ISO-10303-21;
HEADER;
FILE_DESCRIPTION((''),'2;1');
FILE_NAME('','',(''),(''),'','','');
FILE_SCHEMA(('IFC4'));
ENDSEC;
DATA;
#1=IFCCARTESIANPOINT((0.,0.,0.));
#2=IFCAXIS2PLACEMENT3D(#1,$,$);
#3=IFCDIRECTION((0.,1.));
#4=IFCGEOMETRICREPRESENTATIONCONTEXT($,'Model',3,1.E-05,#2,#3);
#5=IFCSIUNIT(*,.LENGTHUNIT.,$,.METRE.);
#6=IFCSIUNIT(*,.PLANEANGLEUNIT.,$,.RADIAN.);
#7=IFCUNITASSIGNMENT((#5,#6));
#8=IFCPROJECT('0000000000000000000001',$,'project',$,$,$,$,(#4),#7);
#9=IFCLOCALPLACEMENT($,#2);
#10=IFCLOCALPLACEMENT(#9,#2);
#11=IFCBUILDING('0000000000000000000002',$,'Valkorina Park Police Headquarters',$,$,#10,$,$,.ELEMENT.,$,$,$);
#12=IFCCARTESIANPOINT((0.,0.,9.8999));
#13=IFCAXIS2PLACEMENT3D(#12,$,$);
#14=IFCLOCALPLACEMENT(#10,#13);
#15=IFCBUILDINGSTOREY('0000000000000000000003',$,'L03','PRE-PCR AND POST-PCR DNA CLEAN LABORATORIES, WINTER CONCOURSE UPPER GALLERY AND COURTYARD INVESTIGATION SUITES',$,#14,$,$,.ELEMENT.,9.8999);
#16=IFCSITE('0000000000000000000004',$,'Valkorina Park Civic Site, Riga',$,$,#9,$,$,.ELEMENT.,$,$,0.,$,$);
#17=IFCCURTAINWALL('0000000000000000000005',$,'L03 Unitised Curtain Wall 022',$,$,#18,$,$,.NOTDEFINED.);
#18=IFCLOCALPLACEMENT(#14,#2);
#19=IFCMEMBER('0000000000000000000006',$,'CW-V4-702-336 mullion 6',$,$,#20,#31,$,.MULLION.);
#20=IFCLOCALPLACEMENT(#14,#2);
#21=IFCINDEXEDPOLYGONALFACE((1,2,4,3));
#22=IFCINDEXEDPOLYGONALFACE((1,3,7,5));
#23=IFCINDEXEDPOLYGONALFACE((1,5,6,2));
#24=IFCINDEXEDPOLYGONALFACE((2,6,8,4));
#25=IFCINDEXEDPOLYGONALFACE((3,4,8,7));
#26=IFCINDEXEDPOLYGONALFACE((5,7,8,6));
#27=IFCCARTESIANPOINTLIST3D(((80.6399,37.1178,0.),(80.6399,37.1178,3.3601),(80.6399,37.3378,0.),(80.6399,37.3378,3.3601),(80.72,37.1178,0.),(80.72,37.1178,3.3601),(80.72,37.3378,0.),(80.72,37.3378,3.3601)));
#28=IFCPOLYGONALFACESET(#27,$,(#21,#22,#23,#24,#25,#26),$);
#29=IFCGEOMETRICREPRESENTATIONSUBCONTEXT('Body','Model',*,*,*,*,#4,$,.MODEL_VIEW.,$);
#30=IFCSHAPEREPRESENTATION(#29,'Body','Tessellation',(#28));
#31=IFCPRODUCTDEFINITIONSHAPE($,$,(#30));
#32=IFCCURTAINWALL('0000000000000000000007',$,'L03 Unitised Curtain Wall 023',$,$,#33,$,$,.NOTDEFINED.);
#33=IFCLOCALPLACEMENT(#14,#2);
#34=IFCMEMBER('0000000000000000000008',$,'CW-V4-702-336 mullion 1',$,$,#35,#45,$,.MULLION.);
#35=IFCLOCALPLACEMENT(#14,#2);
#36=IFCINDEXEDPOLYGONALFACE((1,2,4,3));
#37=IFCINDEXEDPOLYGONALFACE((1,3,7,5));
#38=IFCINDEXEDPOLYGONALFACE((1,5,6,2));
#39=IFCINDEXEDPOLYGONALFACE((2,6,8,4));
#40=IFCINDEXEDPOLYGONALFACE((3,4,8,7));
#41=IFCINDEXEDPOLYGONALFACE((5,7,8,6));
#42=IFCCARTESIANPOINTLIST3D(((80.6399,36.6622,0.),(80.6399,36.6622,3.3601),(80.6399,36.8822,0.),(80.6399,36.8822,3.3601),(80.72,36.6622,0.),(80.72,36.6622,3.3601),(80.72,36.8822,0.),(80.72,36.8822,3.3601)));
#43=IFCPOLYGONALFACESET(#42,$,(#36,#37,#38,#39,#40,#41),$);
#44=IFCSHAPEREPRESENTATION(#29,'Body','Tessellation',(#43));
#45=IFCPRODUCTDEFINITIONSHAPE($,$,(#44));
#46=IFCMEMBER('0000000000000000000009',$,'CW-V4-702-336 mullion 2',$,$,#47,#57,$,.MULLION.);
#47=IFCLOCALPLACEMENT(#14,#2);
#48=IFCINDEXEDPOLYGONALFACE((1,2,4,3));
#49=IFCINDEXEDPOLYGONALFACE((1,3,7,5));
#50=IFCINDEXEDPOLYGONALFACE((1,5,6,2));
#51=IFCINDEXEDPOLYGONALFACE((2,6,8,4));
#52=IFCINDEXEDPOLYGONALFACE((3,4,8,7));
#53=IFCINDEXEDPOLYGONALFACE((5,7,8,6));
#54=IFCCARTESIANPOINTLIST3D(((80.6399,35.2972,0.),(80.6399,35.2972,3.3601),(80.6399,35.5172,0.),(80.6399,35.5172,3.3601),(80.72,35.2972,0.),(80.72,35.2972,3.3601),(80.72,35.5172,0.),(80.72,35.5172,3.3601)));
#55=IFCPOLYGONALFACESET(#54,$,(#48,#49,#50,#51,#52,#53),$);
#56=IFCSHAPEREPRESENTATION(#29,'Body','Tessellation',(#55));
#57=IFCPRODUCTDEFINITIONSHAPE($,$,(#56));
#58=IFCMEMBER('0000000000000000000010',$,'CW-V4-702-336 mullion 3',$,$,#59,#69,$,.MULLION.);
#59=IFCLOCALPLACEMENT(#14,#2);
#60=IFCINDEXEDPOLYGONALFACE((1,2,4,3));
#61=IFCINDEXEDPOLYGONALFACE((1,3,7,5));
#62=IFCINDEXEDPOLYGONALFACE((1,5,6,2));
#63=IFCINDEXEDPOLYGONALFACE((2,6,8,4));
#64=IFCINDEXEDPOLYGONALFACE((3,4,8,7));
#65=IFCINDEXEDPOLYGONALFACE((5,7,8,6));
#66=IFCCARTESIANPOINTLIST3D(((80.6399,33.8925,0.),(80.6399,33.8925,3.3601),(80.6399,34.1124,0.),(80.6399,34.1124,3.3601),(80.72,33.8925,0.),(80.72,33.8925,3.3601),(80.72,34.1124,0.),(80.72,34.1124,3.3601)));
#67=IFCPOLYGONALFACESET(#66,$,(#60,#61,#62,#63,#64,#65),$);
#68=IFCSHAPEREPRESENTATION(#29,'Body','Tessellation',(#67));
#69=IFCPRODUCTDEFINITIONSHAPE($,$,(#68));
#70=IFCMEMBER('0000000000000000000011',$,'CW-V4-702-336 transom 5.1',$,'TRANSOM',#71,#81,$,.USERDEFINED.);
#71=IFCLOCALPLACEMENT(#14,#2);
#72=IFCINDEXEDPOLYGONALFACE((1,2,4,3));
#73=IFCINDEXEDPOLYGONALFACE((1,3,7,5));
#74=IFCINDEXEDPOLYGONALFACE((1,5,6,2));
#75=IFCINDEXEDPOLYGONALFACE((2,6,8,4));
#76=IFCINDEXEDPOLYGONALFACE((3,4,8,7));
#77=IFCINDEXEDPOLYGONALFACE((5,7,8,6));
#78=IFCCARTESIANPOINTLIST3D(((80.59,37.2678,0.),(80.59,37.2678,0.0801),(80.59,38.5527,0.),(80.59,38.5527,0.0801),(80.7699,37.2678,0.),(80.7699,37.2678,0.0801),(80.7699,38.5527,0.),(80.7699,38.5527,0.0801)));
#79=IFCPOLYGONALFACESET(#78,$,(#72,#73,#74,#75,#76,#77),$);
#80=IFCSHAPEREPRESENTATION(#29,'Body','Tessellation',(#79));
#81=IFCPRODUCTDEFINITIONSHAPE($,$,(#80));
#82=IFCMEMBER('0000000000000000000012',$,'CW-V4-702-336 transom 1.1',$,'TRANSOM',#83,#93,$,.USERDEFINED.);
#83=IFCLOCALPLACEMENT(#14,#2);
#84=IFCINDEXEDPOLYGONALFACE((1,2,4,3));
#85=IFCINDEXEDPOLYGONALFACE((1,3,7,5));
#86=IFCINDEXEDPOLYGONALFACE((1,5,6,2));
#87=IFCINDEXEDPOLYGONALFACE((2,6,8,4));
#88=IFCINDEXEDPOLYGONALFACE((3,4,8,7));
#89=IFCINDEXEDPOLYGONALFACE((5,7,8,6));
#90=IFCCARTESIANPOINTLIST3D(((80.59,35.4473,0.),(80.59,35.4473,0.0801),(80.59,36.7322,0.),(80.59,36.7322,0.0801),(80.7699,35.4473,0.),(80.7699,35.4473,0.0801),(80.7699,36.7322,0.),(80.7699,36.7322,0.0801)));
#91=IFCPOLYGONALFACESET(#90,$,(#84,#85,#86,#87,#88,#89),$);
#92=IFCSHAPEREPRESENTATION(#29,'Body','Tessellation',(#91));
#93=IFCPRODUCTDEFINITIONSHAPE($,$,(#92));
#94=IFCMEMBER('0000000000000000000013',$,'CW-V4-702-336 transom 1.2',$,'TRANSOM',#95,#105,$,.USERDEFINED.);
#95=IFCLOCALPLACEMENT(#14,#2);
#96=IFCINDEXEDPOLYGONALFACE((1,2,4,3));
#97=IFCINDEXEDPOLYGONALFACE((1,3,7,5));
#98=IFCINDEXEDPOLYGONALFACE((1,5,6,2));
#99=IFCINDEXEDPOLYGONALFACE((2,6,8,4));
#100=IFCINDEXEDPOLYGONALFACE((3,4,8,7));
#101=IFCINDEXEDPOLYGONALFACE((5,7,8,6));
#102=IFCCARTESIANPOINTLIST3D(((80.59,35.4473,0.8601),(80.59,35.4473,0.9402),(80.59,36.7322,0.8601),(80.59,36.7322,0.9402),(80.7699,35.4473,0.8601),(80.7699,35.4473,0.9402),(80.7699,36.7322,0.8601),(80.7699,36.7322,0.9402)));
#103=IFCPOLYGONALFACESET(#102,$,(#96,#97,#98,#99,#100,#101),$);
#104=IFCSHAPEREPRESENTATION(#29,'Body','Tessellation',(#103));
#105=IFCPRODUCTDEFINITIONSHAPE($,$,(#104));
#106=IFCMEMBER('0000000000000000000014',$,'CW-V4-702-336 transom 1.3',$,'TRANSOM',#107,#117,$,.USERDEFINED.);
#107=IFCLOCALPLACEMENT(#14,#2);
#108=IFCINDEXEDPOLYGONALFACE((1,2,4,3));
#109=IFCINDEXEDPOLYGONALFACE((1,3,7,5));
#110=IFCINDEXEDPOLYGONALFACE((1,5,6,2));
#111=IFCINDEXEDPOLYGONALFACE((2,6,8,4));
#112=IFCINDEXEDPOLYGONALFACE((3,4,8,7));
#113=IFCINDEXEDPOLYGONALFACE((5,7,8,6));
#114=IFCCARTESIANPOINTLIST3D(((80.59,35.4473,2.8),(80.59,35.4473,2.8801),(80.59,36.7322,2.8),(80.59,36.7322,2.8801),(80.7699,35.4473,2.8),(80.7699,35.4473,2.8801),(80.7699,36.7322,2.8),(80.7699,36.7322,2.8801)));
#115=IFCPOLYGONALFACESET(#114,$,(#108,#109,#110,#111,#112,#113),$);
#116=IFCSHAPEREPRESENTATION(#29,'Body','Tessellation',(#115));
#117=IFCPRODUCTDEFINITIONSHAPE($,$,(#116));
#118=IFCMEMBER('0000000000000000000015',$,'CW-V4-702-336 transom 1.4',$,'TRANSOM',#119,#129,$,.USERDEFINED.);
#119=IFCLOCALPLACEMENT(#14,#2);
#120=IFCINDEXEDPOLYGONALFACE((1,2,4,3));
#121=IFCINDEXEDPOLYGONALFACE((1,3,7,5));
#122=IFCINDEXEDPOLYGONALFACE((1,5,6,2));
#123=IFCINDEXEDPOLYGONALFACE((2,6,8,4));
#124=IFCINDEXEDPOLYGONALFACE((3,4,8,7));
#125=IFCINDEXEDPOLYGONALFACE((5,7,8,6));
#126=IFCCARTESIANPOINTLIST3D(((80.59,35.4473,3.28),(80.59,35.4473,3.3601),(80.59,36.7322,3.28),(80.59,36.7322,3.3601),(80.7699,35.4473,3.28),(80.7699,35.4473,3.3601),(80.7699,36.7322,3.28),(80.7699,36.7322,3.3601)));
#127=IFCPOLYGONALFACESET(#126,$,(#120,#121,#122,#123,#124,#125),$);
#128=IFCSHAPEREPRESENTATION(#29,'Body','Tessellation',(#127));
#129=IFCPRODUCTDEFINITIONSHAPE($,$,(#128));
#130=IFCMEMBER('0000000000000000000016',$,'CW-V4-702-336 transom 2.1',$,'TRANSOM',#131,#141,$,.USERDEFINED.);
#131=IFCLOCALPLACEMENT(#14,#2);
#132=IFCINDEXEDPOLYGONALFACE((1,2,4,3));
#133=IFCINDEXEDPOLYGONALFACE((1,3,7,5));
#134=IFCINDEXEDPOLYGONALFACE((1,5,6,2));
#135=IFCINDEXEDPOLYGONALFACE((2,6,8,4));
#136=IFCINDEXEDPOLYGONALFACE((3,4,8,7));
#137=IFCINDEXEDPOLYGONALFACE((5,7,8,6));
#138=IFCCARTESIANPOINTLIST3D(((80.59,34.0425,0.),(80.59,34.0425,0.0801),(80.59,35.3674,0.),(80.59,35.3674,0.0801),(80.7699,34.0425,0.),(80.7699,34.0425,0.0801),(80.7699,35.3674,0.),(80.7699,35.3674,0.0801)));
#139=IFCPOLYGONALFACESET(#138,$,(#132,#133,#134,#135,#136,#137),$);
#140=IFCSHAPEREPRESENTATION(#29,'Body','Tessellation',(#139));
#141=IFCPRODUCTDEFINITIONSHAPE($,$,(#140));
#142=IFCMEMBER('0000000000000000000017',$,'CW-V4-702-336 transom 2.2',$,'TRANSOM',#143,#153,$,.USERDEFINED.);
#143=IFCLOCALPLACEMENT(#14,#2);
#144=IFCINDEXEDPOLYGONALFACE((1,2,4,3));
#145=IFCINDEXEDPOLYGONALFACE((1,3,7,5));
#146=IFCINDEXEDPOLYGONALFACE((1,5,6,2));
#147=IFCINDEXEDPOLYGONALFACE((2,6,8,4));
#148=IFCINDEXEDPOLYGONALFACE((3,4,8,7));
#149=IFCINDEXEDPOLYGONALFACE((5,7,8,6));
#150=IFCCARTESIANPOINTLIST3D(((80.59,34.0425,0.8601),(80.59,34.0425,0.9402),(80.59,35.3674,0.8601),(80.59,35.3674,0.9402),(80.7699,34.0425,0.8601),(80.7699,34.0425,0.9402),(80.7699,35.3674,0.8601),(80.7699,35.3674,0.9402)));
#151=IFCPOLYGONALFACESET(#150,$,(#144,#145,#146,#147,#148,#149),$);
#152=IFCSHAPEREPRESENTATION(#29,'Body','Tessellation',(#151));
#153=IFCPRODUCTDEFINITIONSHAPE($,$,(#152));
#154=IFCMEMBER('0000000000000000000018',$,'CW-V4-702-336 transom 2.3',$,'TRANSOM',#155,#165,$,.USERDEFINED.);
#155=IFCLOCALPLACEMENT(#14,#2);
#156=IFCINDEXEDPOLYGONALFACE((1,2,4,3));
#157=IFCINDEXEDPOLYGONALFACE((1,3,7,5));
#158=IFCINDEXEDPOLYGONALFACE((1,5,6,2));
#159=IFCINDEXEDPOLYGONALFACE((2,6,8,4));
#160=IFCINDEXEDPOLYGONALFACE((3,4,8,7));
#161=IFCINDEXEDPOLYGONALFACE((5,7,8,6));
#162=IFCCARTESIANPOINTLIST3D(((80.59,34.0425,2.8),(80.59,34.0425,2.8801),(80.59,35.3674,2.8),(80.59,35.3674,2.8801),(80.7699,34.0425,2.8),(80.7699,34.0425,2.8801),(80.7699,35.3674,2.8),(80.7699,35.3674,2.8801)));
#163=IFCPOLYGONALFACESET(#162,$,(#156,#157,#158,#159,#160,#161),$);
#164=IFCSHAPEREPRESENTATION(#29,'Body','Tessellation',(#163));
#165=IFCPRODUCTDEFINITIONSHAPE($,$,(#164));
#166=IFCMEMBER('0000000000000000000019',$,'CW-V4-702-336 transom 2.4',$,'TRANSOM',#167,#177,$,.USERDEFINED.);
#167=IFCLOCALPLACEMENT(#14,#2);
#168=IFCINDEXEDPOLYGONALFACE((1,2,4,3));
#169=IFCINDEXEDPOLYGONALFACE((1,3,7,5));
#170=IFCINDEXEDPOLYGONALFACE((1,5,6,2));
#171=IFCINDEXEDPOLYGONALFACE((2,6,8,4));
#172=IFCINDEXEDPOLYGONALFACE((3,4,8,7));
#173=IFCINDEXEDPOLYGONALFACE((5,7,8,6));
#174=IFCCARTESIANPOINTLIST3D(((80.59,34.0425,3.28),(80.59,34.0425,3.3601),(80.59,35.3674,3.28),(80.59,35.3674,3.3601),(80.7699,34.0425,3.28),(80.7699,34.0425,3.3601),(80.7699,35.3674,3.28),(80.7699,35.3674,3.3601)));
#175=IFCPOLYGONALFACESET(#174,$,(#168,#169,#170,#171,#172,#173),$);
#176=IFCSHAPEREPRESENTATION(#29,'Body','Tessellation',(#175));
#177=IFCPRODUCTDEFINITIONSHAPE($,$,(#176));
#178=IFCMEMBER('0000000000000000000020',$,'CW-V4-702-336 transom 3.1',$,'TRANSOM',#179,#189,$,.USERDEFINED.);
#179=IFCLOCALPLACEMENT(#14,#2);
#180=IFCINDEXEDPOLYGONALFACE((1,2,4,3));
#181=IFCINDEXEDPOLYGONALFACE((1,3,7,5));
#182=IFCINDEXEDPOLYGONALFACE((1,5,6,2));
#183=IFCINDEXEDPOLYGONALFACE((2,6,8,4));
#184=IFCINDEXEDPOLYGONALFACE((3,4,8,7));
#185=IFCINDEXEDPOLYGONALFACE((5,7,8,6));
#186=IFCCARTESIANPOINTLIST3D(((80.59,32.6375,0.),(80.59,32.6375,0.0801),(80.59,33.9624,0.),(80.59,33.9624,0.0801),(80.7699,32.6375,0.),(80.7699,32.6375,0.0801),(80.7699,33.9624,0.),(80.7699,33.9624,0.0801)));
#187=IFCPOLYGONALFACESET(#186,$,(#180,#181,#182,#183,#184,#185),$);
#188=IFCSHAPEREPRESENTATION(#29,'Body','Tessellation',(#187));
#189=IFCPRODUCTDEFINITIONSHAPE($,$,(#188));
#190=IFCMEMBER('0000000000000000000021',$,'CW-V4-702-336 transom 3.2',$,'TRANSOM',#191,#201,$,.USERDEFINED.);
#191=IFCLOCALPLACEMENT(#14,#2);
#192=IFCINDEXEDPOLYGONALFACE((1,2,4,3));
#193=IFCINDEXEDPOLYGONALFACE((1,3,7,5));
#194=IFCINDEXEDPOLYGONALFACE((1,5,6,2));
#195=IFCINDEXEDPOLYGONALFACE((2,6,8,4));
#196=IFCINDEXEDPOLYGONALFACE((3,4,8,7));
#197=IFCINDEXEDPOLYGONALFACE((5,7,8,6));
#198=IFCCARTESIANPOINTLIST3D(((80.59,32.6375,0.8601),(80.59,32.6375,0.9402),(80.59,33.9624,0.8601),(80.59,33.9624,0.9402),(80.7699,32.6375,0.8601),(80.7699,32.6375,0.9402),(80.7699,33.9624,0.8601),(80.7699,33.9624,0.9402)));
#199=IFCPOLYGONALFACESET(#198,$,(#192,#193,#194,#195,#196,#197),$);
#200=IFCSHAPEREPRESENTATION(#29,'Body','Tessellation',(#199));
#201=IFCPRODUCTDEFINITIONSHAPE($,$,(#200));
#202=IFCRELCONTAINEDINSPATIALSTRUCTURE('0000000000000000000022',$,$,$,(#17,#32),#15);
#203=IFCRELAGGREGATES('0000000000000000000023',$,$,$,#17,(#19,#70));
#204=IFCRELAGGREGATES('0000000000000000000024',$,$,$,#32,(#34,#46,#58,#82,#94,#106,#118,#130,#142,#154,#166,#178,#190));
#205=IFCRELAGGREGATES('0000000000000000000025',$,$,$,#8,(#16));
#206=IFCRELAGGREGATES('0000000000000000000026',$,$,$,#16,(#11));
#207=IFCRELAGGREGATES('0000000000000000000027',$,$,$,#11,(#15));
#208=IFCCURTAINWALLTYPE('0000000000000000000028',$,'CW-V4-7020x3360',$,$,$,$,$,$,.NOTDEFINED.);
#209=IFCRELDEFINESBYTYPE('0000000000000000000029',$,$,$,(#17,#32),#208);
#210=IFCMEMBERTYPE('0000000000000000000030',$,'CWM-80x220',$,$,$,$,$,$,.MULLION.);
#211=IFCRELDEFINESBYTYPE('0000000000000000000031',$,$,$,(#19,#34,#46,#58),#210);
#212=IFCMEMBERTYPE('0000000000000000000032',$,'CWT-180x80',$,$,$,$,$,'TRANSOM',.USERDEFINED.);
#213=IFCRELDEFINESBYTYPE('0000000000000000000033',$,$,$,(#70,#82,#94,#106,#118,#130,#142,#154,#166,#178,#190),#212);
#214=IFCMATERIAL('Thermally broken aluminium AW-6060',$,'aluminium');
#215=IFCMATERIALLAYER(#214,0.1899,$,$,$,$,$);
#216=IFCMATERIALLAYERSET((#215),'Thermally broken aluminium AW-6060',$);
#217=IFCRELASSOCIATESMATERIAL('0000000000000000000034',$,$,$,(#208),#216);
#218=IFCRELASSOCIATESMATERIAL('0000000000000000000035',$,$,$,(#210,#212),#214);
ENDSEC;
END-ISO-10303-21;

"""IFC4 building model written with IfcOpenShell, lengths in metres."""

from ifc_helpers import new_model, si_unit, direction, frame, origin, origin_2d, place, context, subcontext, project, spatial, rectangle, extrude, material, layer, layer_set, material_profile, profile_set, type_object, element, aggregate, save


model = new_model("IFC4")

# Units and contexts
model_context = context("Model", 3, precision=1e-05, world=origin(), true_north=direction((0.0, 1.0)))
body_context = subcontext(model_context, "Body", "Model", "MODEL_VIEW")
ifc_project = project(units=[si_unit("LENGTHUNIT", "METRE"), si_unit("PLANEANGLEUNIT", "RADIAN")], contexts=[model_context])

# Site, building, storey
site_placement = place(None, origin())
site = spatial("IfcSite", under=ifc_project, at=site_placement, Name="Valkorina Park Civic Site, Riga", CompositionType="ELEMENT", RefElevation=0.0)
building_placement = place(site_placement, origin())
building = spatial("IfcBuilding", under=site, at=building_placement, Name="Valkorina Park Police Headquarters", CompositionType="ELEMENT")
storey_placement = place(building_placement, frame((0.0, 0.0, 9.8999)))
storey = spatial("IfcBuildingStorey", under=building, at=storey_placement, Name="L03", Description="PRE-PCR AND POST-PCR DNA CLEAN LABORATORIES, WINTER CONCOURSE UPPER GALLERY AND COURTYARD INVESTIGATION SUITES", CompositionType="ELEMENT", Elevation=9.8999)

# Curtain wall, member
ifc_material_1 = material(Name="Thermally broken aluminium AW-6060", Category="aluminium")
ifc_layer_1 = layer(ifc_material_1, 0.1899)
ifc_layer_set_1 = layer_set([ifc_layer_1], Name="Thermally broken aluminium AW-6060")
curtain_wall_type = type_object("IfcCurtainWallType", Name="CW-V4-7020x3360", PredefinedType="NOTDEFINED", material=ifc_layer_set_1)
curtain_wall_1_placement = place(storey_placement, origin())
curtain_wall_1 = element("IfcCurtainWall", 1, at=curtain_wall_1_placement, inside=storey, type_object=curtain_wall_type, Name="L03 Unitised Curtain Wall 022", PredefinedType="NOTDEFINED")
ifc_material_profile_1 = material_profile(ifc_material_1, rectangle(XDim=0.0801, YDim=0.22, at=origin_2d()), Name="CWM-03 80x220")
ifc_profile_set_1 = profile_set([ifc_material_profile_1], Name="Thermally broken aluminium AW-6060")
member_type_1 = type_object("IfcMemberType", Name="CWM-80x220", PredefinedType="MULLION", material=ifc_profile_set_1)
member_1_placement = place(storey_placement, frame((80.6799, 37.2278, 0.0), z_axis=(0.0, 0.0, 1.0), x_axis=(1.0, 0.0, 0.0)))
member_1 = element("IfcMember", 2, at=member_1_placement, type_object=member_type_1, Name="CW-V4-702-336 mullion 6", PredefinedType="MULLION", context=body_context, shape_type="SweptSolid", body=[
    extrude(rectangle(XDim=0.0801, YDim=0.22, at=origin_2d()), origin(), (0.0, 0.0, 1.0), 3.3601),
])

# Curtain wall, members
curtain_wall_2_placement = place(storey_placement, origin())
curtain_wall_2 = element("IfcCurtainWall", 3, at=curtain_wall_2_placement, inside=storey, type_object=curtain_wall_type, Name="L03 Unitised Curtain Wall 023", PredefinedType="NOTDEFINED")
member_2_placement = place(storey_placement, frame((80.6799, 36.7722, 0.0), z_axis=(0.0, 0.0, 1.0), x_axis=(1.0, 0.0, 0.0)))
member_2 = element("IfcMember", 4, at=member_2_placement, type_object=member_type_1, Name="CW-V4-702-336 mullion 1", PredefinedType="MULLION", context=body_context, shape_type="SweptSolid", body=[
    extrude(rectangle(XDim=0.0801, YDim=0.22, at=origin_2d()), origin(), (0.0, 0.0, 1.0), 3.3601),
])
member_3_placement = place(storey_placement, frame((80.6799, 35.4072, 0.0), z_axis=(0.0, 0.0, 1.0), x_axis=(1.0, 0.0, 0.0)))
member_3 = element("IfcMember", 5, at=member_3_placement, type_object=member_type_1, Name="CW-V4-702-336 mullion 2", PredefinedType="MULLION", context=body_context, shape_type="SweptSolid", body=[
    extrude(rectangle(XDim=0.0801, YDim=0.22, at=origin_2d()), origin(), (0.0, 0.0, 1.0), 3.3601),
])
member_4_placement = place(storey_placement, frame((80.6799, 34.0024, 0.0), z_axis=(0.0, 0.0, 1.0), x_axis=(1.0, 0.0, 0.0)))
member_4 = element("IfcMember", 6, at=member_4_placement, type_object=member_type_1, Name="CW-V4-702-336 mullion 3", PredefinedType="MULLION", context=body_context, shape_type="SweptSolid", body=[
    extrude(rectangle(XDim=0.0801, YDim=0.22, at=origin_2d()), origin(), (0.0, 0.0, 1.0), 3.3601),
])

# Members
ifc_material_profile_2 = material_profile(ifc_material_1, rectangle(XDim=0.1799, YDim=0.0801, at=origin_2d()), Name="CWT-03 180x80")
ifc_profile_set_2 = profile_set([ifc_material_profile_2], Name="Thermally broken aluminium AW-6060")
member_type_2 = type_object("IfcMemberType", Name="CWT-180x80", ElementType="TRANSOM", PredefinedType="USERDEFINED", material=ifc_profile_set_2)
member_5_placement = place(storey_placement, frame((80.6799, 38.5527, 0.04), z_axis=(0.0, -1.0, 0.0), x_axis=(1.0, 0.0, 0.0)))
member_5 = element("IfcMember", 7, at=member_5_placement, type_object=member_type_2, Name="CW-V4-702-336 transom 5.1", ObjectType="TRANSOM", PredefinedType="USERDEFINED", context=body_context, shape_type="SweptSolid", body=[
    extrude(rectangle(XDim=0.1799, YDim=0.0801, at=origin_2d()), origin(), (0.0, 0.0, 1.0), 1.2849),
])
member_6_placement = place(storey_placement, frame((80.6799, 36.7322, 0.04), z_axis=(0.0, -1.0, 0.0), x_axis=(1.0, 0.0, 0.0)))
member_6 = element("IfcMember", 8, at=member_6_placement, type_object=member_type_2, Name="CW-V4-702-336 transom 1.1", ObjectType="TRANSOM", PredefinedType="USERDEFINED", context=body_context, shape_type="SweptSolid", body=[
    extrude(rectangle(XDim=0.1799, YDim=0.0801, at=origin_2d()), origin(), (0.0, 0.0, 1.0), 1.2849),
])
member_7_placement = place(storey_placement, frame((80.6799, 36.7322, 0.9001), z_axis=(0.0, -1.0, 0.0), x_axis=(1.0, 0.0, 0.0)))
member_7 = element("IfcMember", 9, at=member_7_placement, type_object=member_type_2, Name="CW-V4-702-336 transom 1.2", ObjectType="TRANSOM", PredefinedType="USERDEFINED", context=body_context, shape_type="SweptSolid", body=[
    extrude(rectangle(XDim=0.1799, YDim=0.0801, at=origin_2d()), origin(), (0.0, 0.0, 1.0), 1.2849),
])
member_8_placement = place(storey_placement, frame((80.6799, 36.7322, 2.8401), z_axis=(0.0, -1.0, 0.0), x_axis=(1.0, 0.0, 0.0)))
member_8 = element("IfcMember", 10, at=member_8_placement, type_object=member_type_2, Name="CW-V4-702-336 transom 1.3", ObjectType="TRANSOM", PredefinedType="USERDEFINED", context=body_context, shape_type="SweptSolid", body=[
    extrude(rectangle(XDim=0.1799, YDim=0.0801, at=origin_2d()), origin(), (0.0, 0.0, 1.0), 1.2849),
])
member_9_placement = place(storey_placement, frame((80.6799, 36.7322, 3.3201), z_axis=(0.0, -1.0, 0.0), x_axis=(1.0, 0.0, 0.0)))
member_9 = element("IfcMember", 11, at=member_9_placement, type_object=member_type_2, Name="CW-V4-702-336 transom 1.4", ObjectType="TRANSOM", PredefinedType="USERDEFINED", context=body_context, shape_type="SweptSolid", body=[
    extrude(rectangle(XDim=0.1799, YDim=0.0801, at=origin_2d()), origin(), (0.0, 0.0, 1.0), 1.2849),
])
member_10_placement = place(storey_placement, frame((80.6799, 35.3674, 0.04), z_axis=(0.0, -1.0, 0.0), x_axis=(1.0, 0.0, 0.0)))
member_10 = element("IfcMember", 12, at=member_10_placement, type_object=member_type_2, Name="CW-V4-702-336 transom 2.1", ObjectType="TRANSOM", PredefinedType="USERDEFINED", context=body_context, shape_type="SweptSolid", body=[
    extrude(rectangle(XDim=0.1799, YDim=0.0801, at=origin_2d()), origin(), (0.0, 0.0, 1.0), 1.325),
])
member_11_placement = place(storey_placement, frame((80.6799, 35.3674, 0.9001), z_axis=(0.0, -1.0, 0.0), x_axis=(1.0, 0.0, 0.0)))
member_11 = element("IfcMember", 13, at=member_11_placement, type_object=member_type_2, Name="CW-V4-702-336 transom 2.2", ObjectType="TRANSOM", PredefinedType="USERDEFINED", context=body_context, shape_type="SweptSolid", body=[
    extrude(rectangle(XDim=0.1799, YDim=0.0801, at=origin_2d()), origin(), (0.0, 0.0, 1.0), 1.325),
])
member_12_placement = place(storey_placement, frame((80.6799, 35.3674, 2.8401), z_axis=(0.0, -1.0, 0.0), x_axis=(1.0, 0.0, 0.0)))
member_12 = element("IfcMember", 14, at=member_12_placement, type_object=member_type_2, Name="CW-V4-702-336 transom 2.3", ObjectType="TRANSOM", PredefinedType="USERDEFINED", context=body_context, shape_type="SweptSolid", body=[
    extrude(rectangle(XDim=0.1799, YDim=0.0801, at=origin_2d()), origin(), (0.0, 0.0, 1.0), 1.325),
])
member_13_placement = place(storey_placement, frame((80.6799, 35.3674, 3.3201), z_axis=(0.0, -1.0, 0.0), x_axis=(1.0, 0.0, 0.0)))
member_13 = element("IfcMember", 15, at=member_13_placement, type_object=member_type_2, Name="CW-V4-702-336 transom 2.4", ObjectType="TRANSOM", PredefinedType="USERDEFINED", context=body_context, shape_type="SweptSolid", body=[
    extrude(rectangle(XDim=0.1799, YDim=0.0801, at=origin_2d()), origin(), (0.0, 0.0, 1.0), 1.325),
])
member_14_placement = place(storey_placement, frame((80.6799, 33.9624, 0.04), z_axis=(0.0, -1.0, 0.0), x_axis=(1.0, 0.0, 0.0)))
member_14 = element("IfcMember", 16, at=member_14_placement, type_object=member_type_2, Name="CW-V4-702-336 transom 3.1", ObjectType="TRANSOM", PredefinedType="USERDEFINED", context=body_context, shape_type="SweptSolid", body=[
    extrude(rectangle(XDim=0.1799, YDim=0.0801, at=origin_2d()), origin(), (0.0, 0.0, 1.0), 1.325),
])
member_15_placement = place(storey_placement, frame((80.6799, 33.9624, 0.9001), z_axis=(0.0, -1.0, 0.0), x_axis=(1.0, 0.0, 0.0)))
member_15 = element("IfcMember", 17, at=member_15_placement, type_object=member_type_2, Name="CW-V4-702-336 transom 3.2", ObjectType="TRANSOM", PredefinedType="USERDEFINED", context=body_context, shape_type="SweptSolid", body=[
    extrude(rectangle(XDim=0.1799, YDim=0.0801, at=origin_2d()), origin(), (0.0, 0.0, 1.0), 1.325),
])

aggregate(curtain_wall_1, [member_1, member_5])
aggregate(curtain_wall_2, [member_2, member_3, member_4, member_6, member_7, member_8, member_9, member_10, member_11, member_12, member_13, member_14, member_15])

save(model, "model.ifc")
